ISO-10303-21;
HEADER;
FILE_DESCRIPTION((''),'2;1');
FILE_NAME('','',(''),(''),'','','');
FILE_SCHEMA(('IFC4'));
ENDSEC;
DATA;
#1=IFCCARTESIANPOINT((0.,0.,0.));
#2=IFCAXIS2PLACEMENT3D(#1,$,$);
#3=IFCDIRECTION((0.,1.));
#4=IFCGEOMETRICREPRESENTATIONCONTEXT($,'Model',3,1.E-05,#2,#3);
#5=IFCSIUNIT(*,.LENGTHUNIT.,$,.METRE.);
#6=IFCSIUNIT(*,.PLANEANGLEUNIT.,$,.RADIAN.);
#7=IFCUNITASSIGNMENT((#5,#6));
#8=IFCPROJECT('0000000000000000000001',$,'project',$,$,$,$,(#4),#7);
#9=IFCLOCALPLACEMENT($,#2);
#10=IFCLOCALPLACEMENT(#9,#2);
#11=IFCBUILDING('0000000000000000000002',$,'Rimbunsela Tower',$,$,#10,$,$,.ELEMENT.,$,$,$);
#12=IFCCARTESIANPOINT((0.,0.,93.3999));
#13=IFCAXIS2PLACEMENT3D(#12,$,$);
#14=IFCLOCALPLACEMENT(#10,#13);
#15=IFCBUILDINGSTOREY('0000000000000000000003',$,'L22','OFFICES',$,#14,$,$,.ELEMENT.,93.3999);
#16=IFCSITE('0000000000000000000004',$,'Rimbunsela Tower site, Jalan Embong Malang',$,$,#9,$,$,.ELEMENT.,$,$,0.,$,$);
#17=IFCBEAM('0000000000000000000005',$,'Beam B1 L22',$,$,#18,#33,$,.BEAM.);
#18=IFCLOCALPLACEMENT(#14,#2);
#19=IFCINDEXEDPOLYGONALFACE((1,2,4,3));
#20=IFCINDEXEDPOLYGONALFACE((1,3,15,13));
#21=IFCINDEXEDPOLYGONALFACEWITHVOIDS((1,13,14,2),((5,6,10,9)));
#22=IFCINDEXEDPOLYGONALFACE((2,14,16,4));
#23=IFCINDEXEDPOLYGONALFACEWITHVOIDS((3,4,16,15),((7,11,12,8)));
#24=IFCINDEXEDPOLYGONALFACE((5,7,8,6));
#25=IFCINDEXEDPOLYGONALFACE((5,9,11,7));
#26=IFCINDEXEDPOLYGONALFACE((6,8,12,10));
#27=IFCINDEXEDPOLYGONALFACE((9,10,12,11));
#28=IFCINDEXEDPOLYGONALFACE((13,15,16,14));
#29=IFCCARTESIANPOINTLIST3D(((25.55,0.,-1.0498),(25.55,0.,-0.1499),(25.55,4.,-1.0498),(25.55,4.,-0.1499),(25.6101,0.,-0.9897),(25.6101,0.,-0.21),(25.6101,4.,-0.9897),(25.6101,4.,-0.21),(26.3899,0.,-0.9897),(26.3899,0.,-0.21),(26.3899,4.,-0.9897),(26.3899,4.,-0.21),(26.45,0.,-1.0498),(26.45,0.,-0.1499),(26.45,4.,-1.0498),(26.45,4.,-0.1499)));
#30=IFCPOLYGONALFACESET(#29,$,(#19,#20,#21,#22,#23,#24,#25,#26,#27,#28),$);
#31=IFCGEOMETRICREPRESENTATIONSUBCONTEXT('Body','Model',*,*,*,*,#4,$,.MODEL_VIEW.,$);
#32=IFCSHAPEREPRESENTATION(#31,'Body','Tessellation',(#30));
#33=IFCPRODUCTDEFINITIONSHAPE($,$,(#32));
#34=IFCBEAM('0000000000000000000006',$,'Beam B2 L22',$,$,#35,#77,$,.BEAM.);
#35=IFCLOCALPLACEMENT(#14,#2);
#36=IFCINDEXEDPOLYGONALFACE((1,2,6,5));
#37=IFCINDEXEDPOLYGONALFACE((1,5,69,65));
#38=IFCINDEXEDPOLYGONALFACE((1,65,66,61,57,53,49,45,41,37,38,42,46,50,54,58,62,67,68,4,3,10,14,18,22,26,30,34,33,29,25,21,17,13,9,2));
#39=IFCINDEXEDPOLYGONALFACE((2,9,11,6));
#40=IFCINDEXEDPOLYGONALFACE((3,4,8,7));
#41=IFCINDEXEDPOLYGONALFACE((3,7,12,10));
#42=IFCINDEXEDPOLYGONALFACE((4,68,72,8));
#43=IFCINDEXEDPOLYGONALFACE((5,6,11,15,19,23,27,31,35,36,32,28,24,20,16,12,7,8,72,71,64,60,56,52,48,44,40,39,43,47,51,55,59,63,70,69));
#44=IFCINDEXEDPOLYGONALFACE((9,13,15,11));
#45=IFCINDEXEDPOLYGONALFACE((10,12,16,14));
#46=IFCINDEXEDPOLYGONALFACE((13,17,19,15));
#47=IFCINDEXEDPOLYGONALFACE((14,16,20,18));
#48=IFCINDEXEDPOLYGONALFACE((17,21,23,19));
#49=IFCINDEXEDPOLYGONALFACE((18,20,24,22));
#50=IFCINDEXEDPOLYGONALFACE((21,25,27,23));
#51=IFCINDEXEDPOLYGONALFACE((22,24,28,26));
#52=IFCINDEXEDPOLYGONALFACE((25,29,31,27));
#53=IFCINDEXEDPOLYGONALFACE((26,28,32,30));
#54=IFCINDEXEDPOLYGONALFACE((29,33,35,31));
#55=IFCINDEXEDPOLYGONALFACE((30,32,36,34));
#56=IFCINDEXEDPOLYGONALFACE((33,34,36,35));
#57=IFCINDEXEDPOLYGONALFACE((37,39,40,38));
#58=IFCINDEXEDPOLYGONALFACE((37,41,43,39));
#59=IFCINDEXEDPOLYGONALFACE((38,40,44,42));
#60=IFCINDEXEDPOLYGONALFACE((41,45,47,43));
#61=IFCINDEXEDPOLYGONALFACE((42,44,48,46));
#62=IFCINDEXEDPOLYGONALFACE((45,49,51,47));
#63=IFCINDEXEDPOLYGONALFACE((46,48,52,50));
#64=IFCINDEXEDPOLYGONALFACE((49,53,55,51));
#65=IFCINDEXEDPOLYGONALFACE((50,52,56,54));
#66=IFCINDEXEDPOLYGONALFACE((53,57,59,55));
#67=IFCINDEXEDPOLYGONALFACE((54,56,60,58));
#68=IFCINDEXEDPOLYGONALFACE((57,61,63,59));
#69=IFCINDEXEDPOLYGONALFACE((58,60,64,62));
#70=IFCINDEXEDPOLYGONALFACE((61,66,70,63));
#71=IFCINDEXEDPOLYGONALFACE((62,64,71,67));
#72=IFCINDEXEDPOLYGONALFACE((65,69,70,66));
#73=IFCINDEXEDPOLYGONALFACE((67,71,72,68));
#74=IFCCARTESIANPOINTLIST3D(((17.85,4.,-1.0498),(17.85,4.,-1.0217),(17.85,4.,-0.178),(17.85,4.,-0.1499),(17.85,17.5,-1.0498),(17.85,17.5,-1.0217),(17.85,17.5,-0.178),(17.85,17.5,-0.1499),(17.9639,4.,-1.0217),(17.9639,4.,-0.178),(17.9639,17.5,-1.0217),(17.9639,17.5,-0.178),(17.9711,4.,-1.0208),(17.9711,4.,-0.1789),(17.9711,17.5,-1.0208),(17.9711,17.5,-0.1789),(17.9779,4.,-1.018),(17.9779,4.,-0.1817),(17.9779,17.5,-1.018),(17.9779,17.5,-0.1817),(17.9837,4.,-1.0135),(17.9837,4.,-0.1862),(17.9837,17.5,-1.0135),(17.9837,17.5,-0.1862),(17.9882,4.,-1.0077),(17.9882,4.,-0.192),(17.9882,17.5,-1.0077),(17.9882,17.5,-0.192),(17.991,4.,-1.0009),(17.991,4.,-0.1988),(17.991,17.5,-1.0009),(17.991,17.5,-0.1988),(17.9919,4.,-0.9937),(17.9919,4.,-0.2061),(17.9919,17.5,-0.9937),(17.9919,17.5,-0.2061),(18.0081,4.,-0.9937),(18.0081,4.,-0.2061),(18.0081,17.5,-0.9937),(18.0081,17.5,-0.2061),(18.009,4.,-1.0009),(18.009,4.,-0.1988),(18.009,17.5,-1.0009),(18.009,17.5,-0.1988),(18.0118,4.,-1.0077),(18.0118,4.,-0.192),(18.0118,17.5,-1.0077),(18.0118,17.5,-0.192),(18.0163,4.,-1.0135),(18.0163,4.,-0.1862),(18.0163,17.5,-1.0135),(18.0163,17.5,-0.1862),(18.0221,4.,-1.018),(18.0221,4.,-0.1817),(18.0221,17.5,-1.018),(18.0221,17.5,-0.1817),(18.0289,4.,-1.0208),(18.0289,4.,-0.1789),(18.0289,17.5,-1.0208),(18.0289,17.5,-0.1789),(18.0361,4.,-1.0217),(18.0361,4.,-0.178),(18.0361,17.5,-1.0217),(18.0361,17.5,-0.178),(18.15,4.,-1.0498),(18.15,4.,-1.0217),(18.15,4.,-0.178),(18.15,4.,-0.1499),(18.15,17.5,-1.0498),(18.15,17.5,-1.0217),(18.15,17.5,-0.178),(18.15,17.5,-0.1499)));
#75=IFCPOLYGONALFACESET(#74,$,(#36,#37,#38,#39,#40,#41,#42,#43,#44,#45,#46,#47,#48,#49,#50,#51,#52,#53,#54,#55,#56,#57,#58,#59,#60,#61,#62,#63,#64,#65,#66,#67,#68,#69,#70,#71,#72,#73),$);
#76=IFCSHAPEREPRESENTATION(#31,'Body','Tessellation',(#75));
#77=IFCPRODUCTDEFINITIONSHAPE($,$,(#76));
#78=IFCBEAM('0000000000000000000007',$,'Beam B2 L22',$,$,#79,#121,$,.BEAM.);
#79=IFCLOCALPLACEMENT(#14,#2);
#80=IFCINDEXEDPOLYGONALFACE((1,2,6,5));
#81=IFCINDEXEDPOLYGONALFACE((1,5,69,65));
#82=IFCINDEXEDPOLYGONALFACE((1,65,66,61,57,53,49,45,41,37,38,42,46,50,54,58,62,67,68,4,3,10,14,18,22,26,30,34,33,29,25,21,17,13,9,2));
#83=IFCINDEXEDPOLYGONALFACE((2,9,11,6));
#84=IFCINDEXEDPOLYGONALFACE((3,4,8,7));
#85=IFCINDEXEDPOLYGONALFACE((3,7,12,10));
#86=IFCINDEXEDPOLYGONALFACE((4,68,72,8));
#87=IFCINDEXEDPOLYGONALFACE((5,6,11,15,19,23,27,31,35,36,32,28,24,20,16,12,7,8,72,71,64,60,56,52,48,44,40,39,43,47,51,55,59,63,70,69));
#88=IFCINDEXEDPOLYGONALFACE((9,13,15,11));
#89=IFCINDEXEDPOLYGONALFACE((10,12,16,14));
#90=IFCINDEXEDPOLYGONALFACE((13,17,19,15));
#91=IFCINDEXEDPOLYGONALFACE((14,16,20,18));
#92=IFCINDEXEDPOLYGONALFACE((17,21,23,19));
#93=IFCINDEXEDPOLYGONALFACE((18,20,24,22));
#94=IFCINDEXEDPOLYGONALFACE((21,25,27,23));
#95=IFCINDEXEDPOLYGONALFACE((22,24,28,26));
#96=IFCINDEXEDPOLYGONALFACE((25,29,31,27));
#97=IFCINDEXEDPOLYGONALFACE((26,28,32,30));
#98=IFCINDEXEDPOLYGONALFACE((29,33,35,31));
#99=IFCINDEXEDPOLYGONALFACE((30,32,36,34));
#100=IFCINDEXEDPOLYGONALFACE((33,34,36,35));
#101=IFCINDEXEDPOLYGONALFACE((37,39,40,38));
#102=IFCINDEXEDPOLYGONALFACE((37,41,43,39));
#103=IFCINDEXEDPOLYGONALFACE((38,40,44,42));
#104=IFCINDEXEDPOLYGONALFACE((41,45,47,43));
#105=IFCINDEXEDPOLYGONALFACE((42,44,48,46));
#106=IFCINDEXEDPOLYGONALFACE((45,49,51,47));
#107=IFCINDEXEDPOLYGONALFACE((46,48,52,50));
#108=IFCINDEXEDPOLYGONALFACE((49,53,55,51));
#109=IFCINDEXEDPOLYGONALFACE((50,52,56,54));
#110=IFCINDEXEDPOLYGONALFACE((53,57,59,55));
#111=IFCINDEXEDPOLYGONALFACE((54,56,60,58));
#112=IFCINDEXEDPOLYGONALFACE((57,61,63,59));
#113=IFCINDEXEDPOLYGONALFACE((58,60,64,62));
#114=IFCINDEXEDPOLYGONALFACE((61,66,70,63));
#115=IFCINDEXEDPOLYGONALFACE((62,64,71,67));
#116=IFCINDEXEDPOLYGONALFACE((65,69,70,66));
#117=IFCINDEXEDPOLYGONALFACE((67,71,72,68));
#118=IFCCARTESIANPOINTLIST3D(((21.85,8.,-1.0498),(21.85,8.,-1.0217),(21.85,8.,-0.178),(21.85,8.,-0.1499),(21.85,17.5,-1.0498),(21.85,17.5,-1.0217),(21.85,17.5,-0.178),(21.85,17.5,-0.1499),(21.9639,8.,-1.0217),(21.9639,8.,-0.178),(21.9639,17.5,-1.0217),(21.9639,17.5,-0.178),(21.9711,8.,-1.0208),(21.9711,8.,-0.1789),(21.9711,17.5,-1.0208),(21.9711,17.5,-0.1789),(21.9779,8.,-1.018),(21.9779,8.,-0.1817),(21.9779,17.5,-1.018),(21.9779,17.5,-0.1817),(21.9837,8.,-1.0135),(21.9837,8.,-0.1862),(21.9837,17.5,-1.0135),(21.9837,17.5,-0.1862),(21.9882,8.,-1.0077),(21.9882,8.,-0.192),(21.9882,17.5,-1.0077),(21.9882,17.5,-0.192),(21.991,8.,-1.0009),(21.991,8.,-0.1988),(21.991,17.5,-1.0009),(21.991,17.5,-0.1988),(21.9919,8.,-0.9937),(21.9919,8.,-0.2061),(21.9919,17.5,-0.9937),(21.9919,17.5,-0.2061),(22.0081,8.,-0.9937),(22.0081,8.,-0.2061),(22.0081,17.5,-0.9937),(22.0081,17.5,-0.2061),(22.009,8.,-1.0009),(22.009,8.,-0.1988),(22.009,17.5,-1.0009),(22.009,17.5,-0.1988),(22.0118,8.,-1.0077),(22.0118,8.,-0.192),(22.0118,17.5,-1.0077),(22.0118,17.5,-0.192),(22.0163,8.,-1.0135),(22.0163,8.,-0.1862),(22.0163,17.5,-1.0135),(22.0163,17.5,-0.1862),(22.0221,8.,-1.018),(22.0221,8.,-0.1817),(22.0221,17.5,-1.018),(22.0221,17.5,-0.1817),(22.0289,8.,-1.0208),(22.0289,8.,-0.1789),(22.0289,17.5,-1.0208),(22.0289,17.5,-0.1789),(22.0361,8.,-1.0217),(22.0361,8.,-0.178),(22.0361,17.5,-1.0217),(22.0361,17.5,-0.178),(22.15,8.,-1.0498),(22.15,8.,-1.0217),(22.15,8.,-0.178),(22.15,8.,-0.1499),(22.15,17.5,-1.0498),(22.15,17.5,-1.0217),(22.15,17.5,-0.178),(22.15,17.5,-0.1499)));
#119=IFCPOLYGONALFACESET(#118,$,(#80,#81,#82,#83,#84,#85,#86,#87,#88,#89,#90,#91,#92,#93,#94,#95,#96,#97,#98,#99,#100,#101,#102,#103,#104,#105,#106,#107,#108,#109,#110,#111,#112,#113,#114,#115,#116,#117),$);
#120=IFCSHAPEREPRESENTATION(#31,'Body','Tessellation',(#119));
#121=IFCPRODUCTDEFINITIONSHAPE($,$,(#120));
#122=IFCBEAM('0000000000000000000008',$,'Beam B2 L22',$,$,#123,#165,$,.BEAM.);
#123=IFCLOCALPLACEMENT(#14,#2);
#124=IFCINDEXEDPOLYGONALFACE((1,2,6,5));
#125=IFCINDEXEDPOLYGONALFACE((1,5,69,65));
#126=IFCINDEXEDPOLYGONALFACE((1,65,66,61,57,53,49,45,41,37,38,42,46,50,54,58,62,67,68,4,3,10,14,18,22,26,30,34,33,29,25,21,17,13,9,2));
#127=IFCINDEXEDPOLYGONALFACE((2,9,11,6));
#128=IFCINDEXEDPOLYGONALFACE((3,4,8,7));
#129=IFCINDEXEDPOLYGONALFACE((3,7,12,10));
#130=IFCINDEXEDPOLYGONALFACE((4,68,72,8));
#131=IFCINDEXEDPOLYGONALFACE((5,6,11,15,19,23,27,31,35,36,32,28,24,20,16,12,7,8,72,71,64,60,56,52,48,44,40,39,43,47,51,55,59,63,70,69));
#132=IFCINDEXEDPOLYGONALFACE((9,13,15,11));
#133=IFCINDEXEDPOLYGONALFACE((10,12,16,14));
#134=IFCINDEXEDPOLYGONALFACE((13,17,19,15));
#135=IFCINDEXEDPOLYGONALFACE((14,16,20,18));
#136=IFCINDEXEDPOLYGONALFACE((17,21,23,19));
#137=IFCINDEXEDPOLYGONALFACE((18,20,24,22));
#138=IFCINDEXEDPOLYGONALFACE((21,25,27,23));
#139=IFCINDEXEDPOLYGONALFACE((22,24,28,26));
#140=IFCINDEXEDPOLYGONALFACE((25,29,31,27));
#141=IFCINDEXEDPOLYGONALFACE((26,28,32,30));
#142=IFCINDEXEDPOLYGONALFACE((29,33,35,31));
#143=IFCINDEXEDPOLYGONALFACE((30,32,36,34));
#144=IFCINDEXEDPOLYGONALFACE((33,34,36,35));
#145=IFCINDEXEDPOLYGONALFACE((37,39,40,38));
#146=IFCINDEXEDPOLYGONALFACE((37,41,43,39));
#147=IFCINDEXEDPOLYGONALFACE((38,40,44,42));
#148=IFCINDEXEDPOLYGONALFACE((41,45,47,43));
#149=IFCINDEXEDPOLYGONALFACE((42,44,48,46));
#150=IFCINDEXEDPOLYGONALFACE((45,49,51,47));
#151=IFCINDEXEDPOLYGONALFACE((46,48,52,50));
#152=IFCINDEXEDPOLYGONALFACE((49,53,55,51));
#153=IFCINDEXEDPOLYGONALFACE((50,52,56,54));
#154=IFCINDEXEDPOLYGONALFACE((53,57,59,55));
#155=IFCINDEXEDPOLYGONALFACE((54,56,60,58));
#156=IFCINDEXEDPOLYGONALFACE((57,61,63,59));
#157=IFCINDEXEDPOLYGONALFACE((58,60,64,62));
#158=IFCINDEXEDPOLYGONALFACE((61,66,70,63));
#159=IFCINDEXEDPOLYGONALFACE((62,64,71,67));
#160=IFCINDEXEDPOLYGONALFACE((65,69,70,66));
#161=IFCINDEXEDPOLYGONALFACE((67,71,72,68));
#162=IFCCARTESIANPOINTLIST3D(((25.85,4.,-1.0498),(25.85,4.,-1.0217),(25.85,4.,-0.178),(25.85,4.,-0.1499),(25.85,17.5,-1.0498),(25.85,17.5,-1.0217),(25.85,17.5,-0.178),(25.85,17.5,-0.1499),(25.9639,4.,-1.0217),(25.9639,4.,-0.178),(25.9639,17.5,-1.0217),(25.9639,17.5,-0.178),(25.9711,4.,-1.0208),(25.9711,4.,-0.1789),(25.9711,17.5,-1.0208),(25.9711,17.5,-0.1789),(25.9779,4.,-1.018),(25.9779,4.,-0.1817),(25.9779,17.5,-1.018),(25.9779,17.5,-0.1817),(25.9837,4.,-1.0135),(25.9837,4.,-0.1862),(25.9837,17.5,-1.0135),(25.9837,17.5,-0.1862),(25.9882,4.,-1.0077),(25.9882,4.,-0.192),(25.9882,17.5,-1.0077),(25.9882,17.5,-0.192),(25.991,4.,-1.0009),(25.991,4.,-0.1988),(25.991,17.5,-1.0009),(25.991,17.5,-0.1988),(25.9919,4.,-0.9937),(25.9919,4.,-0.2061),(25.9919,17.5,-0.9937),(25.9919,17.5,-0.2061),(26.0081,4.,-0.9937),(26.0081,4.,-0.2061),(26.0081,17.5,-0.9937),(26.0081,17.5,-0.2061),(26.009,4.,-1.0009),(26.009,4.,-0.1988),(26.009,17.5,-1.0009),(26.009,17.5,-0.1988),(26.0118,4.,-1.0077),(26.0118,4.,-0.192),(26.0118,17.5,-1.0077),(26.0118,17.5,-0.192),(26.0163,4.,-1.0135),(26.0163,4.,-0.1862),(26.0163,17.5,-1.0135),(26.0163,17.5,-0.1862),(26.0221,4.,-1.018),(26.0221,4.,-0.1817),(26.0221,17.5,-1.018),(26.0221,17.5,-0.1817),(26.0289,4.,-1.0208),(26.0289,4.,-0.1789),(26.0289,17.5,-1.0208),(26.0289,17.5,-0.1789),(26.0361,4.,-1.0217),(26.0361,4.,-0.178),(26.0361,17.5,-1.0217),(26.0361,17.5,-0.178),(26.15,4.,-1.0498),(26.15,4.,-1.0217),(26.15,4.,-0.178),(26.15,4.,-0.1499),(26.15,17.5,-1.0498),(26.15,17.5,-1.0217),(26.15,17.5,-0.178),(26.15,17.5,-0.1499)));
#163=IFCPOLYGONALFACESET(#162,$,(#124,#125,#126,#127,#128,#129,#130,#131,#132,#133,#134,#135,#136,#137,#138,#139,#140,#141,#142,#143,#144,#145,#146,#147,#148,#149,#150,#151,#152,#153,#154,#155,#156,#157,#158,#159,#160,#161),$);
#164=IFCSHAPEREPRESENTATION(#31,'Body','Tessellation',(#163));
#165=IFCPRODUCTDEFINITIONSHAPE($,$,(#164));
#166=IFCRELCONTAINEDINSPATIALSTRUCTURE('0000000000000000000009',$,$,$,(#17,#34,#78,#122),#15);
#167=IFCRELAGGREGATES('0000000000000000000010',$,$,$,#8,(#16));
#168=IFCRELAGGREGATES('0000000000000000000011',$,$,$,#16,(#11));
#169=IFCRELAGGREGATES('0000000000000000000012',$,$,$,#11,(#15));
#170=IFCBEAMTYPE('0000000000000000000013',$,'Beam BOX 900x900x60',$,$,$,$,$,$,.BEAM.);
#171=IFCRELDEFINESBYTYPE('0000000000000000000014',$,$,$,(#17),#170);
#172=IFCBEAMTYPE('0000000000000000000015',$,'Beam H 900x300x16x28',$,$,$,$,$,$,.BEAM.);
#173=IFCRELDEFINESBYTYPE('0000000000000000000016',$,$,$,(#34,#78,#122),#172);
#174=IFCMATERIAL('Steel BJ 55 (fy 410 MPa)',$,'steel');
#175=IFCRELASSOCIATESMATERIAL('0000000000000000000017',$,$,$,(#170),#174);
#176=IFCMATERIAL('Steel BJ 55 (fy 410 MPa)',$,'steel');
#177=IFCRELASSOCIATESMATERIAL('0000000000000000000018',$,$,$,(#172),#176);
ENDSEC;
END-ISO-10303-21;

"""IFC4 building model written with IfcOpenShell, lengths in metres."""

from ifc_helpers import new_model, si_unit, direction, frame, origin, origin_2d, place, context, subcontext, project, spatial, hollow_rectangle, i_section, extrude, material, material_profile, profile_set, type_object, element, save


model = new_model("IFC4")

# Units and contexts
model_context = context("Model", 3, precision=1e-05, world=origin(), true_north=direction((0.0, 1.0)))
body_context = subcontext(model_context, "Body", "Model", "MODEL_VIEW")
ifc_project = project(units=[si_unit("LENGTHUNIT", "METRE"), si_unit("PLANEANGLEUNIT", "RADIAN")], contexts=[model_context])

# Site, building, storey
site_placement = place(None, origin())
site = spatial("IfcSite", under=ifc_project, at=site_placement, Name="Rimbunsela Tower site, Jalan Embong Malang", CompositionType="ELEMENT", RefElevation=0.0)
building_placement = place(site_placement, origin())
building = spatial("IfcBuilding", under=site, at=building_placement, Name="Rimbunsela Tower", CompositionType="ELEMENT")
storey_placement = place(building_placement, frame((0.0, 0.0, 93.3999)))
storey = spatial("IfcBuildingStorey", under=building, at=storey_placement, Name="L22", Description="OFFICES", CompositionType="ELEMENT", Elevation=93.3999)

# Beams
ifc_material_1 = material(Name="Steel BJ 55 (fy 410 MPa)", Category="steel")
ifc_material_profile_1 = material_profile(ifc_material_1, hollow_rectangle(XDim=0.8999, YDim=0.8999, WallThickness=0.0601, at=origin_2d()), Name="BOX 900x900x60")
ifc_profile_set_1 = profile_set([ifc_material_profile_1], Name="Steel BJ 55 (fy 410 MPa)")
beam_type_1 = type_object("IfcBeamType", Name="Beam BOX 900x900x60", PredefinedType="BEAM", material=ifc_profile_set_1)
beam_1_placement = place(storey_placement, frame((26.0, 0.0, -0.5999), z_axis=(0.0, 1.0, 0.0), x_axis=(-1.0, 0.0, 0.0)))
element("IfcBeam", 1, at=beam_1_placement, inside=storey, type_object=beam_type_1, Name="Beam B1 L22", PredefinedType="BEAM", context=body_context, shape_type="SweptSolid", body=[
    extrude(hollow_rectangle(XDim=0.8999, YDim=0.8999, WallThickness=0.0601, at=origin_2d()), origin(), (0.0, 0.0, 1.0), 4.0),
])
ifc_material_2 = material(Name="Steel BJ 55 (fy 410 MPa)", Category="steel")
ifc_material_profile_2 = material_profile(ifc_material_2, i_section(OverallWidth=0.3, OverallDepth=0.8999, WebThickness=0.0161, FlangeThickness=0.0281, FilletRadius=0.0281, at=origin_2d()), Name="H 900x300x16x28")
ifc_profile_set_2 = profile_set([ifc_material_profile_2], Name="Steel BJ 55 (fy 410 MPa)")
beam_type_2 = type_object("IfcBeamType", Name="Beam H 900x300x16x28", PredefinedType="BEAM", material=ifc_profile_set_2)
beam_2_placement = place(storey_placement, frame((18.0, 4.0, -0.5999), z_axis=(0.0, 1.0, 0.0), x_axis=(-1.0, 0.0, 0.0)))
element("IfcBeam", 2, at=beam_2_placement, inside=storey, type_object=beam_type_2, Name="Beam B2 L22", PredefinedType="BEAM", context=body_context, shape_type="SweptSolid", body=[
    extrude(i_section(OverallWidth=0.3, OverallDepth=0.8999, WebThickness=0.0161, FlangeThickness=0.0281, FilletRadius=0.0281, at=origin_2d()), origin(), (0.0, 0.0, 1.0), 13.5),
])
beam_3_placement = place(storey_placement, frame((22.0, 8.0, -0.5999), z_axis=(0.0, 1.0, 0.0), x_axis=(-1.0, 0.0, 0.0)))
element("IfcBeam", 3, at=beam_3_placement, inside=storey, type_object=beam_type_2, Name="Beam B2 L22", PredefinedType="BEAM", context=body_context, shape_type="SweptSolid", body=[
    extrude(i_section(OverallWidth=0.3, OverallDepth=0.8999, WebThickness=0.0161, FlangeThickness=0.0281, FilletRadius=0.0281, at=origin_2d()), origin(), (0.0, 0.0, 1.0), 9.5),
])
beam_4_placement = place(storey_placement, frame((26.0, 4.0, -0.5999), z_axis=(0.0, 1.0, 0.0), x_axis=(-1.0, 0.0, 0.0)))
element("IfcBeam", 4, at=beam_4_placement, inside=storey, type_object=beam_type_2, Name="Beam B2 L22", PredefinedType="BEAM", context=body_context, shape_type="SweptSolid", body=[
    extrude(i_section(OverallWidth=0.3, OverallDepth=0.8999, WebThickness=0.0161, FlangeThickness=0.0281, FilletRadius=0.0281, at=origin_2d()), origin(), (0.0, 0.0, 1.0), 13.5),
])

save(model, "model.ifc")
